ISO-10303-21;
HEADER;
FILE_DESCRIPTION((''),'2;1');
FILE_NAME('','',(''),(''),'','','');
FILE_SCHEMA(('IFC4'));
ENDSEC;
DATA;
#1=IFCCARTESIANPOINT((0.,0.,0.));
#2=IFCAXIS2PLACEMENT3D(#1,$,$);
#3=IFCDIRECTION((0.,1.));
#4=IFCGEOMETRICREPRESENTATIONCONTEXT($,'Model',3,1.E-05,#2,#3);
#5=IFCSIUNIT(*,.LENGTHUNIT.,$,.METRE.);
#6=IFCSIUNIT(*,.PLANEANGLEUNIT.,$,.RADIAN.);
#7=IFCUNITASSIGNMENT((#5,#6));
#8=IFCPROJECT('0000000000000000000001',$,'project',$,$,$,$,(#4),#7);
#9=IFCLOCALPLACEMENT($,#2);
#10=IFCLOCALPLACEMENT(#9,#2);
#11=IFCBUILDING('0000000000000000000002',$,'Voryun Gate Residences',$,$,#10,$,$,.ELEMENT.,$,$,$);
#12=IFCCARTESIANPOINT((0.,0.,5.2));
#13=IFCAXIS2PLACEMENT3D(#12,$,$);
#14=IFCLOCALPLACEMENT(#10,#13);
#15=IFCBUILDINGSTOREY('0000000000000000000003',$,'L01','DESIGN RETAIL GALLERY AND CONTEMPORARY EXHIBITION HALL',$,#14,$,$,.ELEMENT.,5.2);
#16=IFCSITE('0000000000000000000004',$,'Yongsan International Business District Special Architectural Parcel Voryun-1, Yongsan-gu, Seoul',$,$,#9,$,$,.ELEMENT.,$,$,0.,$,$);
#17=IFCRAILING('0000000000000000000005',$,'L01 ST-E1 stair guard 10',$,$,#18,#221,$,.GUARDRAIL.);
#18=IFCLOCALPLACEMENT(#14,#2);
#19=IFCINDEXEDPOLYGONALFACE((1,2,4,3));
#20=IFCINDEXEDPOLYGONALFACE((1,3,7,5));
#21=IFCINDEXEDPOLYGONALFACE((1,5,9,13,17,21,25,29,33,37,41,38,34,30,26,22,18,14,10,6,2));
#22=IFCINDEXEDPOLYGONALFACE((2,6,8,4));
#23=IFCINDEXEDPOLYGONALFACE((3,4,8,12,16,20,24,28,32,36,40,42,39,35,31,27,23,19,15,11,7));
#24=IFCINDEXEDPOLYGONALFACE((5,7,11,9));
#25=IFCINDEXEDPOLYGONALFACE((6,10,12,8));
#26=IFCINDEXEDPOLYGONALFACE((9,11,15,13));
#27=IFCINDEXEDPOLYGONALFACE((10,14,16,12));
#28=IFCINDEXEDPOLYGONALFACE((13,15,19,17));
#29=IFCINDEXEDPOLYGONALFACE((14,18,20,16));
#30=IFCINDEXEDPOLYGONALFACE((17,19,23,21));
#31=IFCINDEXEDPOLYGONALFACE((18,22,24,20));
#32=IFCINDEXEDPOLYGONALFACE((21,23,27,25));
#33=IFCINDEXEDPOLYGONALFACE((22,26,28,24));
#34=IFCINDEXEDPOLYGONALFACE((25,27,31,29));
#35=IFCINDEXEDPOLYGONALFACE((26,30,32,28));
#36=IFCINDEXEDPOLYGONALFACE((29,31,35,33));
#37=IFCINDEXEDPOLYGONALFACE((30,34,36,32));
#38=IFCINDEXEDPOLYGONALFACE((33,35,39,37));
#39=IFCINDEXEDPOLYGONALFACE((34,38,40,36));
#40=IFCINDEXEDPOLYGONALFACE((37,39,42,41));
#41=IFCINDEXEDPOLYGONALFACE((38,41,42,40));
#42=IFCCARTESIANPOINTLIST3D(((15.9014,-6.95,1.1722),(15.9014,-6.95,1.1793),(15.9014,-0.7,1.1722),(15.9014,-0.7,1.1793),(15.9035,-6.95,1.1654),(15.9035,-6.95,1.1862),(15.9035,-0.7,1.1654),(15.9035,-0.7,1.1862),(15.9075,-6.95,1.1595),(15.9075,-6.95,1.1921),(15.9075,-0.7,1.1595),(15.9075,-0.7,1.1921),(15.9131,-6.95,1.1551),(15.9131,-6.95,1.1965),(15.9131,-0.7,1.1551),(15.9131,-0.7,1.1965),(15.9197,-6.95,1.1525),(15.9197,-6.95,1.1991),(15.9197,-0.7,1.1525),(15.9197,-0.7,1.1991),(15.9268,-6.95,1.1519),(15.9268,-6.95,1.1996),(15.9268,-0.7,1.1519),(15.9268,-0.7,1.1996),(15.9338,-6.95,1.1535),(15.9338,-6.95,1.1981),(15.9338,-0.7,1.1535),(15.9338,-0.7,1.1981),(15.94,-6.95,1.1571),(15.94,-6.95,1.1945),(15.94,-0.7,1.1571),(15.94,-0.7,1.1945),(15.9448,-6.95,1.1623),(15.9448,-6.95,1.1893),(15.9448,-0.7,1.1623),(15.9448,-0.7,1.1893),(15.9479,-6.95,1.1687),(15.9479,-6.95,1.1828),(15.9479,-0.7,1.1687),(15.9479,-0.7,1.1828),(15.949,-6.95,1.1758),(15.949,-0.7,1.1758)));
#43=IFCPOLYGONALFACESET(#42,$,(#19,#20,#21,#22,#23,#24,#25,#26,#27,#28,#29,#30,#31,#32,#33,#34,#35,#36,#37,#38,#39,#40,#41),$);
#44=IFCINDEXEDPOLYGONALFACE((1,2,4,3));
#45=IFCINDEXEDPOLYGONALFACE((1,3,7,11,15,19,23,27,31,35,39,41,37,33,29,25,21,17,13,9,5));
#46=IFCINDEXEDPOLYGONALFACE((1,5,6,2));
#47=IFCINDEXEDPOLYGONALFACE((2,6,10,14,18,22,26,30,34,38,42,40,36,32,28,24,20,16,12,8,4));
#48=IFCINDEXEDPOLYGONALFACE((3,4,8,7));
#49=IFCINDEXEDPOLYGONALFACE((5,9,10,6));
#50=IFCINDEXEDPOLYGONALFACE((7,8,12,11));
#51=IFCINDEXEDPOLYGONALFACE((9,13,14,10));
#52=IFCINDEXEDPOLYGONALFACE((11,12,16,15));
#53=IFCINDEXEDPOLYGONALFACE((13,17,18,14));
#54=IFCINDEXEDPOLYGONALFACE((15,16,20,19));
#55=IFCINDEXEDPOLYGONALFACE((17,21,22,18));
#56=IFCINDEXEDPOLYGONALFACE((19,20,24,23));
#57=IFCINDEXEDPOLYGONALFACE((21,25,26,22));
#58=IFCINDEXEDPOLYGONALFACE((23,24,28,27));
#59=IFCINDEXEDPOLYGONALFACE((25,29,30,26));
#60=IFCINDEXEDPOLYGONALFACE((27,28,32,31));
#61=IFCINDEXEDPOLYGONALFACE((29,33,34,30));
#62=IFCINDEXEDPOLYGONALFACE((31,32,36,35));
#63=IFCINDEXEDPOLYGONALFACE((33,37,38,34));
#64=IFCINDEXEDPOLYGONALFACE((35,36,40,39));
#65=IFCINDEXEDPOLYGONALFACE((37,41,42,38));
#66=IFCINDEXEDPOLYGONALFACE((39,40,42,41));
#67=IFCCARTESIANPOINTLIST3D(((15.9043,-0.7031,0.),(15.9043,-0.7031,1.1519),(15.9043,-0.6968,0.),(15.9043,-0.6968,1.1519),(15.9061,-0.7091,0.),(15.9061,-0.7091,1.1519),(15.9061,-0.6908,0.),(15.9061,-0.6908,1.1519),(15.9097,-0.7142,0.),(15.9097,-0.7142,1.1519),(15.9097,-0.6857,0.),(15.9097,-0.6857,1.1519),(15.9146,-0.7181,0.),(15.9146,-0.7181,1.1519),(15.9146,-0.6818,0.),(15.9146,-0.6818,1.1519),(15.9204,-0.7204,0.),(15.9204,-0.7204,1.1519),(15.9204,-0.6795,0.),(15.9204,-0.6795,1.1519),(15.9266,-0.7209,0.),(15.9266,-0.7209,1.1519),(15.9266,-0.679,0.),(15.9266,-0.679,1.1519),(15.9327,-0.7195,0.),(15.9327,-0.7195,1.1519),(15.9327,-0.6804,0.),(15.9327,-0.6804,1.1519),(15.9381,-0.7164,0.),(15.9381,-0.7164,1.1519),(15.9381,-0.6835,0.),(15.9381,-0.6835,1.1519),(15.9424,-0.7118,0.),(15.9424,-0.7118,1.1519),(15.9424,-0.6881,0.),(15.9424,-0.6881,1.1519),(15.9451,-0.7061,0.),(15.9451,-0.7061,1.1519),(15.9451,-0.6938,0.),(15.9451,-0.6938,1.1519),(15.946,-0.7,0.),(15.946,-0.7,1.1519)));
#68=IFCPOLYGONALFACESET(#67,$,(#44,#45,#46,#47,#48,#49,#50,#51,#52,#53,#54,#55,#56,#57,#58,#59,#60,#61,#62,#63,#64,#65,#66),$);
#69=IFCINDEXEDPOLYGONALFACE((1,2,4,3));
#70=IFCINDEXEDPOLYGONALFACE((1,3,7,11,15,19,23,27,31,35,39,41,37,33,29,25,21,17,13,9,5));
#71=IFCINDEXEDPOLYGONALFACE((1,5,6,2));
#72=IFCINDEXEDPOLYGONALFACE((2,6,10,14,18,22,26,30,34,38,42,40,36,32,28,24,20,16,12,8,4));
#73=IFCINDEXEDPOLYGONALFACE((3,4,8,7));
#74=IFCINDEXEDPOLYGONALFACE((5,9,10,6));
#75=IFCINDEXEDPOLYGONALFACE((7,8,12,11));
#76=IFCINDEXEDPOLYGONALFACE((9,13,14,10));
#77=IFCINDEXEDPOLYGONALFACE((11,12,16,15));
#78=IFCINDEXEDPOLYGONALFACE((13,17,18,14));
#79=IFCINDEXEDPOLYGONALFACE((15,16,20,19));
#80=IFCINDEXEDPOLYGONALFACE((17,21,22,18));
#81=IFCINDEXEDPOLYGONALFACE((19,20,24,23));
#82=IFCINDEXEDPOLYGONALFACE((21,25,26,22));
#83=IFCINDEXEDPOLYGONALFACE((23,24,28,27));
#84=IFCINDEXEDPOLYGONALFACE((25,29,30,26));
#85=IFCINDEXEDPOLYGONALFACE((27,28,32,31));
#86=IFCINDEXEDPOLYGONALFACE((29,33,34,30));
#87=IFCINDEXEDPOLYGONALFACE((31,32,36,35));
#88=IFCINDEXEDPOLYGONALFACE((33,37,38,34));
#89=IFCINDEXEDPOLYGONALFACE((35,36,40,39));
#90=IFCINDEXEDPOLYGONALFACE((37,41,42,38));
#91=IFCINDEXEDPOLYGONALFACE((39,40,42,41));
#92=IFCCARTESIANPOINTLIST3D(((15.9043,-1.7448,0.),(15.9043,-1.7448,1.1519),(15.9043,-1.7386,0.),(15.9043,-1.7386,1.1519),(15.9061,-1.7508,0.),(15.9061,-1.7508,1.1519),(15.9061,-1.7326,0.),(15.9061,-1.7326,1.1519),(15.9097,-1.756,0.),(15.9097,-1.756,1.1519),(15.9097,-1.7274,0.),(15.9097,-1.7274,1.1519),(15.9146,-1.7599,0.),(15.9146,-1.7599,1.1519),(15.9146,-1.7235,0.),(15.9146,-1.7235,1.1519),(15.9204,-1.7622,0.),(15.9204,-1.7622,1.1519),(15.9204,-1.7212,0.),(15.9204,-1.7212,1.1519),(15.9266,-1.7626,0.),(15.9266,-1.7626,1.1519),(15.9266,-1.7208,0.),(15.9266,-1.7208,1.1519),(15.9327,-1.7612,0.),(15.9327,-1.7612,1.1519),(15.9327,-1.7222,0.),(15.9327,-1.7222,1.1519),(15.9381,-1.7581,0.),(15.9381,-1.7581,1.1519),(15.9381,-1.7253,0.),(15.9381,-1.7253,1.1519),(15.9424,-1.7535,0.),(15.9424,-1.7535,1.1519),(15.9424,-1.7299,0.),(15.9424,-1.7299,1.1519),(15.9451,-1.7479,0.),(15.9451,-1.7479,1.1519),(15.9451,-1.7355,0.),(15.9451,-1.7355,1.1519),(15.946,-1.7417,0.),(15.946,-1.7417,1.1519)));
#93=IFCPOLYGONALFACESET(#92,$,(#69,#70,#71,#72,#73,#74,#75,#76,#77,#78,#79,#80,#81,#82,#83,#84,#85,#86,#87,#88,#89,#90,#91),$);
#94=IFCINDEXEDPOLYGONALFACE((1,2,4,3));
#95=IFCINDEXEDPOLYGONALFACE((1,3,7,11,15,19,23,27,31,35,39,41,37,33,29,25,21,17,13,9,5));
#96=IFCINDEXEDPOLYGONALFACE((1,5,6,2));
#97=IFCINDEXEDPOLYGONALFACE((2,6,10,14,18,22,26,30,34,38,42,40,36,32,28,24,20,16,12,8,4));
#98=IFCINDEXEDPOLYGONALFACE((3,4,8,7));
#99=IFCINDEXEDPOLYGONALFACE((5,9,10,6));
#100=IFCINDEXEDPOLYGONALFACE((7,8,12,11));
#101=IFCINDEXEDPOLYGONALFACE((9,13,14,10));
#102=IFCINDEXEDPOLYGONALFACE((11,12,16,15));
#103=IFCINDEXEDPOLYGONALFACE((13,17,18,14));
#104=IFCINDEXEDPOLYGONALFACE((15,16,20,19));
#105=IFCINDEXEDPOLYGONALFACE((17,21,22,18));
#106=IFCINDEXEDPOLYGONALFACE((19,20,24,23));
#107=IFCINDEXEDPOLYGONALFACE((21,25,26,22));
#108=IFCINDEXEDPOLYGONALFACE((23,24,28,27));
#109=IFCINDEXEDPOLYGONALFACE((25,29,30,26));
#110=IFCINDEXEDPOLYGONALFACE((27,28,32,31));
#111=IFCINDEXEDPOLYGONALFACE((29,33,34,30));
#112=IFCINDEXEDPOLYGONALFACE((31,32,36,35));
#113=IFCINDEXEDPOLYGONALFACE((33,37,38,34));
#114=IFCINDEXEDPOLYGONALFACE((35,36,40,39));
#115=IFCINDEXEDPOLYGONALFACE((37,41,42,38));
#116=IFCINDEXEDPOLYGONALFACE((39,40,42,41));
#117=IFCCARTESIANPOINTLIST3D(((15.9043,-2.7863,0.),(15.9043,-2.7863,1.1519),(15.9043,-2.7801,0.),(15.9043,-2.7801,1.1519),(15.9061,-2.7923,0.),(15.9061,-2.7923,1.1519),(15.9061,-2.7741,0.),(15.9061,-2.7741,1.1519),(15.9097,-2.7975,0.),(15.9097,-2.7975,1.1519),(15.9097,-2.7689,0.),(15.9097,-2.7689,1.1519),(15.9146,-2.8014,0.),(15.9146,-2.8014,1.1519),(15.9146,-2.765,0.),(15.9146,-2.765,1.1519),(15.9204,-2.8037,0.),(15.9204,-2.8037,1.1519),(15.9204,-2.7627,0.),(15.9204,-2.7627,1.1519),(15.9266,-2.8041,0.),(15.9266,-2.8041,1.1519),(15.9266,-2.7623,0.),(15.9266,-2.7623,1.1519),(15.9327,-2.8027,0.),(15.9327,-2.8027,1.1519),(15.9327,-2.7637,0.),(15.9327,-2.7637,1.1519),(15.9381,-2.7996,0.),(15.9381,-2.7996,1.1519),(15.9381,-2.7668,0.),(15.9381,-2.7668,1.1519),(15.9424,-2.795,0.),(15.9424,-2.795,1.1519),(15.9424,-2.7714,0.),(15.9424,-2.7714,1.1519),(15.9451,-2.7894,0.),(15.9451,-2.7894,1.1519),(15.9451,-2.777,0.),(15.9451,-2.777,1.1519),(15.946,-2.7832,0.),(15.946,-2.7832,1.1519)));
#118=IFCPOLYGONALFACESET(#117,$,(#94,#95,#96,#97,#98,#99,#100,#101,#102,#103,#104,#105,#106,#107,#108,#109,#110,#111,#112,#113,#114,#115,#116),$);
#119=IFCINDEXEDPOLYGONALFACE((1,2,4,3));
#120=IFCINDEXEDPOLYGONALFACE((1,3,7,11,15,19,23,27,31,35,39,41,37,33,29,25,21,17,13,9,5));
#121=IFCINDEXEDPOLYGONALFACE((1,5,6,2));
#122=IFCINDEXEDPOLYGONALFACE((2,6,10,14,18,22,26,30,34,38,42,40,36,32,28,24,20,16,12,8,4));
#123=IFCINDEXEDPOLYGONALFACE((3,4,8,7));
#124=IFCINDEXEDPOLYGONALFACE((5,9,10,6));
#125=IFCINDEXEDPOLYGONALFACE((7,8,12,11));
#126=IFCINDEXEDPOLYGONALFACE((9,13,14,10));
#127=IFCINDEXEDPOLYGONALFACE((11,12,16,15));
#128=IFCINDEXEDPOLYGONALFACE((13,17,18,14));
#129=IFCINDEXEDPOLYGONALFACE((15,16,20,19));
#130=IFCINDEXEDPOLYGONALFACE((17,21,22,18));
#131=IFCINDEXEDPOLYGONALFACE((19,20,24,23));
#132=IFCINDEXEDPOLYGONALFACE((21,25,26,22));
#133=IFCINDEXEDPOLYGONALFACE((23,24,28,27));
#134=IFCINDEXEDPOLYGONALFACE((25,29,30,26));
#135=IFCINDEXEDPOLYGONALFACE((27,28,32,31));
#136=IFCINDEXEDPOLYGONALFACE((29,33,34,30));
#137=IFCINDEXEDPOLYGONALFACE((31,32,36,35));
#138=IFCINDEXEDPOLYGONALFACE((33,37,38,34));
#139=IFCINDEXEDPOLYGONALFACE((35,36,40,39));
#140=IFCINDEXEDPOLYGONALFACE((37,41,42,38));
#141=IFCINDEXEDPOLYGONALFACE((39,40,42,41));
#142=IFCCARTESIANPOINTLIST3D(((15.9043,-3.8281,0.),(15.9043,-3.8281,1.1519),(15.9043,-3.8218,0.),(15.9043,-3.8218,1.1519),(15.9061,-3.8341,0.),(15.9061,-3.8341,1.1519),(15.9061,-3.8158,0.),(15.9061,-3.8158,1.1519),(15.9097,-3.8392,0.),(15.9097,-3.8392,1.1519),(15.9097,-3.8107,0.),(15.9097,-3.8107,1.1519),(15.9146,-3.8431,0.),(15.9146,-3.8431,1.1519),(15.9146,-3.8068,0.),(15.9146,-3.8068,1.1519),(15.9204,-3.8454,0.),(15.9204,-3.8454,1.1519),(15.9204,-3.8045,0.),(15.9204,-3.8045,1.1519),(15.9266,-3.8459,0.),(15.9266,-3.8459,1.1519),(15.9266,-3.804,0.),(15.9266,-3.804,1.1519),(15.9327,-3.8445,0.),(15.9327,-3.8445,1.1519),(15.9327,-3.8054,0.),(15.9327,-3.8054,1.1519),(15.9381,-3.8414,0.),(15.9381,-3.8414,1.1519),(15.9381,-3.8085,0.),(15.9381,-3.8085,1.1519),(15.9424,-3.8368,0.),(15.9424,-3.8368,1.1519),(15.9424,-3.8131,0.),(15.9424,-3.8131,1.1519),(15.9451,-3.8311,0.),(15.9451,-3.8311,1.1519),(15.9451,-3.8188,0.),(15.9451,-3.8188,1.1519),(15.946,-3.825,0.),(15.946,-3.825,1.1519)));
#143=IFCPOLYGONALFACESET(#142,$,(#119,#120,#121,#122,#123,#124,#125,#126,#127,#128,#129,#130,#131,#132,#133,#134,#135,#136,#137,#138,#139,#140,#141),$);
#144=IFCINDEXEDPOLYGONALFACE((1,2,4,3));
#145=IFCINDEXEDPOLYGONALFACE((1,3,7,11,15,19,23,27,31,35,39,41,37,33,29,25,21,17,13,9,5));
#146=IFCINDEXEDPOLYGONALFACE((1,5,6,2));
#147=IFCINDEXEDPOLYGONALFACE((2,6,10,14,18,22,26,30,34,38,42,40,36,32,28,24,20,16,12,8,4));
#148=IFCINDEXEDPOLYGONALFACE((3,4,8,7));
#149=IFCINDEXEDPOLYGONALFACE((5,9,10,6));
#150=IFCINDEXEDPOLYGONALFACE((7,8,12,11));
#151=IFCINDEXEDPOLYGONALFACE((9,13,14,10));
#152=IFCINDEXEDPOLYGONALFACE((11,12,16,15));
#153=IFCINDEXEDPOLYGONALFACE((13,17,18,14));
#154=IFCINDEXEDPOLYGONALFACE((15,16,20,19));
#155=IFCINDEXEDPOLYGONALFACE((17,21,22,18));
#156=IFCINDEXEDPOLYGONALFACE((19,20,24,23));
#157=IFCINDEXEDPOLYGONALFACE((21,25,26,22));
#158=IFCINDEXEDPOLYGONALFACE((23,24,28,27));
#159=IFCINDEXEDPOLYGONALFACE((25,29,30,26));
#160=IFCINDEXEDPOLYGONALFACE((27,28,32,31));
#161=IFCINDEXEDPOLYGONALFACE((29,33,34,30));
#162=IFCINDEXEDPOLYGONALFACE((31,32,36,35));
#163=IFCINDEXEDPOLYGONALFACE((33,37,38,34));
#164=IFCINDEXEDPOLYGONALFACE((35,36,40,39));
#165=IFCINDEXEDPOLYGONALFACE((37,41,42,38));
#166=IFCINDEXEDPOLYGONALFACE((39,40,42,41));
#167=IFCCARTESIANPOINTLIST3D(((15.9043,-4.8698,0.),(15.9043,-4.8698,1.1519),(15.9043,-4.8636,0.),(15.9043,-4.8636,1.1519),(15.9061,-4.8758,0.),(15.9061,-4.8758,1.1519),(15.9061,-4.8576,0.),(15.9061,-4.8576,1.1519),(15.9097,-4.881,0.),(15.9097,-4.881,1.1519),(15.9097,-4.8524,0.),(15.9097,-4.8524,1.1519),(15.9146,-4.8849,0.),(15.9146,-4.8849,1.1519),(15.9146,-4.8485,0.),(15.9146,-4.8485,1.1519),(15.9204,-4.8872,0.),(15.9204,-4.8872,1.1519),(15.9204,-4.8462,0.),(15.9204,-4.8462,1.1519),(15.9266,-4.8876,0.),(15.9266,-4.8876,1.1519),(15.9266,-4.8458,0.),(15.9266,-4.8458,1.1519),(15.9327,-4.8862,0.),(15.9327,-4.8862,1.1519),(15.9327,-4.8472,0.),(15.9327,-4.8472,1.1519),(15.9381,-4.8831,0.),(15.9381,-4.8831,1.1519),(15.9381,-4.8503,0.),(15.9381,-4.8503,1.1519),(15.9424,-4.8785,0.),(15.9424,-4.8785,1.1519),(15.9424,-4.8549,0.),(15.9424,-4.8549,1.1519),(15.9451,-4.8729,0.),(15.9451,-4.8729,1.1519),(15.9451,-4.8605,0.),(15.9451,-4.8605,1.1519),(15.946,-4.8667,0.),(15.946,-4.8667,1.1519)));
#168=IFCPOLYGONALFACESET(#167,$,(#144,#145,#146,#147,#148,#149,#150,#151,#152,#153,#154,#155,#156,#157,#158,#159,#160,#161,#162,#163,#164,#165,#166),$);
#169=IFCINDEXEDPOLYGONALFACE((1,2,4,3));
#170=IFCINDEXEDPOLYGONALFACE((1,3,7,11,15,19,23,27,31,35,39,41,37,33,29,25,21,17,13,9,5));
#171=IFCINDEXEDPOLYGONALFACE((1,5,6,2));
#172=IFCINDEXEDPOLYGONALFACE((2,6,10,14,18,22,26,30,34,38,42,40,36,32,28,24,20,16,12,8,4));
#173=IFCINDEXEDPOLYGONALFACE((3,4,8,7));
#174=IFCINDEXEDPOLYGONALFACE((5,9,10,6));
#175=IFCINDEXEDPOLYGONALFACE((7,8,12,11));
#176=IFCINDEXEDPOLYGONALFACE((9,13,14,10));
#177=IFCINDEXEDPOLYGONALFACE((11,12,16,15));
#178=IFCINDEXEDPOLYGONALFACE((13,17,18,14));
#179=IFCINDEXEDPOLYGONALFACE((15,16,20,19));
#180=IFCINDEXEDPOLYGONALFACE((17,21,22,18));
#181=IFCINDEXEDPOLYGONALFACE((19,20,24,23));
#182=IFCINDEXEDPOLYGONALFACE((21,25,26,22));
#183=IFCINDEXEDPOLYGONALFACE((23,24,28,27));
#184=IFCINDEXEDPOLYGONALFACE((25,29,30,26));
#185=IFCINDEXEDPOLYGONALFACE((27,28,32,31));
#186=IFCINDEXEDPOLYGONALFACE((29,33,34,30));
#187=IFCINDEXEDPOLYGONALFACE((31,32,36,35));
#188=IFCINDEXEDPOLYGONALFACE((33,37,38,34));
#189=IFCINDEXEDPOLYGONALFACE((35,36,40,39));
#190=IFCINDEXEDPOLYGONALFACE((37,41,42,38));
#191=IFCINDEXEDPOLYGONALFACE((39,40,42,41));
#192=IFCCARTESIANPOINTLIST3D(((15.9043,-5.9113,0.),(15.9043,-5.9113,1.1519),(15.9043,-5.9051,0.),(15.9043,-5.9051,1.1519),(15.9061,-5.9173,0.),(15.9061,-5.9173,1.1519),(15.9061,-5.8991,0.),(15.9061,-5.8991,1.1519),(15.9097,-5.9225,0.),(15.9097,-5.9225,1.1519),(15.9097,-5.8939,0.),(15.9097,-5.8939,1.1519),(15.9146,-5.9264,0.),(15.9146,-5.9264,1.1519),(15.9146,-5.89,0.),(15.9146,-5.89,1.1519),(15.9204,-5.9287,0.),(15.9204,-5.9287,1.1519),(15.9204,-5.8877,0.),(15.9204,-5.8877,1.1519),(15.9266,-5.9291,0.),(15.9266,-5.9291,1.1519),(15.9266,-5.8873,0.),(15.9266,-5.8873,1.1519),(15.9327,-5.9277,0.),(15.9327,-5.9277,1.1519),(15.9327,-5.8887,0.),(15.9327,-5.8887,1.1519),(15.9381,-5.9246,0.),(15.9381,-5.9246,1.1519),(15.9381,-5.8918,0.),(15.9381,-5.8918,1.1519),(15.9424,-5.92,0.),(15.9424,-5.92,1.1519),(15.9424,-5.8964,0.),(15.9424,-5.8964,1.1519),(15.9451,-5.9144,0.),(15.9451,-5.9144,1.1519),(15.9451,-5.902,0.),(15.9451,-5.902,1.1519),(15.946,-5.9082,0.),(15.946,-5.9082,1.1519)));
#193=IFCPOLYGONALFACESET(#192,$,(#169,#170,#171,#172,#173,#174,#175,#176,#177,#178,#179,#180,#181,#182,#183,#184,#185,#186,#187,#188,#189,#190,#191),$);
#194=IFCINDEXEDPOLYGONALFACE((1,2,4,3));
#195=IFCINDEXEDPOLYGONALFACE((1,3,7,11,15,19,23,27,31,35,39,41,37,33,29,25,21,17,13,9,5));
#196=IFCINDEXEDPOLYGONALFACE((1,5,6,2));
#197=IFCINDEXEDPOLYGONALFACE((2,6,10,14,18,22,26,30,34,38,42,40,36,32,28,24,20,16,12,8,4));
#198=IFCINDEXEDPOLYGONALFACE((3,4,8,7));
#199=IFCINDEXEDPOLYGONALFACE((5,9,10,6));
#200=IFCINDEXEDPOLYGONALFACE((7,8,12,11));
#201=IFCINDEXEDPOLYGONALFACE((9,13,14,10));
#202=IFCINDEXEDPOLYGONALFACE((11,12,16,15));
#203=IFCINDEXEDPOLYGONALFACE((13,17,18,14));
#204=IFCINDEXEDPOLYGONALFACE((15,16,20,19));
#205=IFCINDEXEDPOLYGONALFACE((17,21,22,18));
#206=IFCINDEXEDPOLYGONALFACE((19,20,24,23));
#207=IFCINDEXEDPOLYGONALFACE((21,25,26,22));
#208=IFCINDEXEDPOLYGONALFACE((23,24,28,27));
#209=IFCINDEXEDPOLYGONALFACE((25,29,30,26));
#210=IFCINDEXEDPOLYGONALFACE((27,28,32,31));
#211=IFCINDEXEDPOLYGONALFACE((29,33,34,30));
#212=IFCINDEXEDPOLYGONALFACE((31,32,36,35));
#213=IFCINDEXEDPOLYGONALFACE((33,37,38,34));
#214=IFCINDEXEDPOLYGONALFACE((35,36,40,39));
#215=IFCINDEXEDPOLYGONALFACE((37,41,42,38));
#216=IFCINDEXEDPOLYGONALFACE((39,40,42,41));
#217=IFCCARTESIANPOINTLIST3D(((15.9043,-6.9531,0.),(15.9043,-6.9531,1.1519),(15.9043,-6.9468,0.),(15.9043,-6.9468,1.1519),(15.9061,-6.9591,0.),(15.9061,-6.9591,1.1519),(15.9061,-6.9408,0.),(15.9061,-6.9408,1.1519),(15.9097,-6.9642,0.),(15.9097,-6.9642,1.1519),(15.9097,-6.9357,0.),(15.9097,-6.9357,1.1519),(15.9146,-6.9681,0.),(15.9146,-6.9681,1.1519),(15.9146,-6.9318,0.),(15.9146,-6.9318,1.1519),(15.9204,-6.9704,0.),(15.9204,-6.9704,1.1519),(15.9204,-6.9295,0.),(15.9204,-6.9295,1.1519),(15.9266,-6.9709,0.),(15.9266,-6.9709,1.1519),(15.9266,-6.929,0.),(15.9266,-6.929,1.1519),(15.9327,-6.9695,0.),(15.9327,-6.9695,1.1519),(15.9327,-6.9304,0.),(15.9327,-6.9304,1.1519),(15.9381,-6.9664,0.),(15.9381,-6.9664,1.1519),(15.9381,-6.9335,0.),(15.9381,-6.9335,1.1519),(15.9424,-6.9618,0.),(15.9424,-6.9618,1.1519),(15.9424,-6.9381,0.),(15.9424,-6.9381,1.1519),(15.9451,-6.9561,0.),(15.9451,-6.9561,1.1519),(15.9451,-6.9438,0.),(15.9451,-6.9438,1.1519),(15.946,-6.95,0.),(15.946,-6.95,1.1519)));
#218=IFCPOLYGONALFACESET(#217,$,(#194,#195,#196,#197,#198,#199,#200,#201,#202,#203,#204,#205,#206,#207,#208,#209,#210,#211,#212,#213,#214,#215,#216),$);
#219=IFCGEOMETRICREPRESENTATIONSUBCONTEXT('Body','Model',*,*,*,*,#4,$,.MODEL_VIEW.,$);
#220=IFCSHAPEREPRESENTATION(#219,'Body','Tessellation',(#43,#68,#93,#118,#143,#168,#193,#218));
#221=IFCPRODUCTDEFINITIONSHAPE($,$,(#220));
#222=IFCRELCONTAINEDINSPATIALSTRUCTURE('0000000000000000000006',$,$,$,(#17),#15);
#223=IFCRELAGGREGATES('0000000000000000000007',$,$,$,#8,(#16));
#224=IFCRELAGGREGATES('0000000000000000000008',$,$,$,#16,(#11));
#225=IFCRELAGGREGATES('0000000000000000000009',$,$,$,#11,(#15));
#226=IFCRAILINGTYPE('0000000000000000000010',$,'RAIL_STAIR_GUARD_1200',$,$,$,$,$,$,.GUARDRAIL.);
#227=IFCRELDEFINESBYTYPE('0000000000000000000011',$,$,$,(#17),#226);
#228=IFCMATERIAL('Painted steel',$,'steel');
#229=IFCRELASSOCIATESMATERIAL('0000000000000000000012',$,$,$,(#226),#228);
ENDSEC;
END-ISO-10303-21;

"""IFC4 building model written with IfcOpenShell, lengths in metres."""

from ifc_helpers import new_model, si_unit, direction, frame, origin, origin_2d, place, context, subcontext, project, spatial, circle, extrude, material, type_object, element, save


model = new_model("IFC4")

# Units and contexts
model_context = context("Model", 3, precision=1e-05, world=origin(), true_north=direction((0.0, 1.0)))
body_context = subcontext(model_context, "Body", "Model", "MODEL_VIEW")
ifc_project = project(units=[si_unit("LENGTHUNIT", "METRE"), si_unit("PLANEANGLEUNIT", "RADIAN")], contexts=[model_context])

# Site, building, storey
site_placement = place(None, origin())
site = spatial("IfcSite", under=ifc_project, at=site_placement, Name="Yongsan International Business District Special Architectural Parcel Voryun-1, Yongsan-gu, Seoul", CompositionType="ELEMENT", RefElevation=0.0)
building_placement = place(site_placement, origin())
building = spatial("IfcBuilding", under=site, at=building_placement, Name="Voryun Gate Residences", CompositionType="ELEMENT")
storey_placement = place(building_placement, frame((0.0, 0.0, 5.2)))
storey = spatial("IfcBuildingStorey", under=building, at=storey_placement, Name="L01", Description="DESIGN RETAIL GALLERY AND CONTEMPORARY EXHIBITION HALL", CompositionType="ELEMENT", Elevation=5.2)

# Railing
ifc_material_1 = material(Name="Painted steel", Category="steel")
railing_type_1 = type_object("IfcRailingType", Name="RAIL_STAIR_GUARD_1200", PredefinedType="GUARDRAIL", material=ifc_material_1)
railing_1_placement = place(storey_placement, frame((15.925, -0.7, 0.0)))
element("IfcRailing", 1, at=railing_1_placement, inside=storey, type_object=railing_type_1, Name="L01 ST-E1 stair guard 10", PredefinedType="GUARDRAIL", context=body_context, shape_type="SweptSolid", body=[
    extrude(circle(Radius=0.0239, at=origin_2d()), frame((0.0, 0.0, 1.1758), z_axis=(0.0, -1.0, 0.0), x_axis=(1.0, 0.0, 0.0)), (0.0, 0.0, 1.0), 6.25),
    extrude(circle(Radius=0.021, at=origin_2d()), origin(), (0.0, 0.0, 1.0), 1.1519),
    extrude(circle(Radius=0.021, at=origin_2d()), frame((0.0, -1.0417, 0.0)), (0.0, 0.0, 1.0), 1.1519),
    extrude(circle(Radius=0.021, at=origin_2d()), frame((0.0, -2.0833, 0.0)), (0.0, 0.0, 1.0), 1.1519),
    extrude(circle(Radius=0.021, at=origin_2d()), frame((0.0, -3.125, 0.0)), (0.0, 0.0, 1.0), 1.1519),
    extrude(circle(Radius=0.021, at=origin_2d()), frame((0.0, -4.1667, 0.0)), (0.0, 0.0, 1.0), 1.1519),
    extrude(circle(Radius=0.021, at=origin_2d()), frame((0.0, -5.2083, 0.0)), (0.0, 0.0, 1.0), 1.1519),
    extrude(circle(Radius=0.021, at=origin_2d()), frame((0.0, -6.25, 0.0)), (0.0, 0.0, 1.0), 1.1519),
])

save(model, "model.ifc")
